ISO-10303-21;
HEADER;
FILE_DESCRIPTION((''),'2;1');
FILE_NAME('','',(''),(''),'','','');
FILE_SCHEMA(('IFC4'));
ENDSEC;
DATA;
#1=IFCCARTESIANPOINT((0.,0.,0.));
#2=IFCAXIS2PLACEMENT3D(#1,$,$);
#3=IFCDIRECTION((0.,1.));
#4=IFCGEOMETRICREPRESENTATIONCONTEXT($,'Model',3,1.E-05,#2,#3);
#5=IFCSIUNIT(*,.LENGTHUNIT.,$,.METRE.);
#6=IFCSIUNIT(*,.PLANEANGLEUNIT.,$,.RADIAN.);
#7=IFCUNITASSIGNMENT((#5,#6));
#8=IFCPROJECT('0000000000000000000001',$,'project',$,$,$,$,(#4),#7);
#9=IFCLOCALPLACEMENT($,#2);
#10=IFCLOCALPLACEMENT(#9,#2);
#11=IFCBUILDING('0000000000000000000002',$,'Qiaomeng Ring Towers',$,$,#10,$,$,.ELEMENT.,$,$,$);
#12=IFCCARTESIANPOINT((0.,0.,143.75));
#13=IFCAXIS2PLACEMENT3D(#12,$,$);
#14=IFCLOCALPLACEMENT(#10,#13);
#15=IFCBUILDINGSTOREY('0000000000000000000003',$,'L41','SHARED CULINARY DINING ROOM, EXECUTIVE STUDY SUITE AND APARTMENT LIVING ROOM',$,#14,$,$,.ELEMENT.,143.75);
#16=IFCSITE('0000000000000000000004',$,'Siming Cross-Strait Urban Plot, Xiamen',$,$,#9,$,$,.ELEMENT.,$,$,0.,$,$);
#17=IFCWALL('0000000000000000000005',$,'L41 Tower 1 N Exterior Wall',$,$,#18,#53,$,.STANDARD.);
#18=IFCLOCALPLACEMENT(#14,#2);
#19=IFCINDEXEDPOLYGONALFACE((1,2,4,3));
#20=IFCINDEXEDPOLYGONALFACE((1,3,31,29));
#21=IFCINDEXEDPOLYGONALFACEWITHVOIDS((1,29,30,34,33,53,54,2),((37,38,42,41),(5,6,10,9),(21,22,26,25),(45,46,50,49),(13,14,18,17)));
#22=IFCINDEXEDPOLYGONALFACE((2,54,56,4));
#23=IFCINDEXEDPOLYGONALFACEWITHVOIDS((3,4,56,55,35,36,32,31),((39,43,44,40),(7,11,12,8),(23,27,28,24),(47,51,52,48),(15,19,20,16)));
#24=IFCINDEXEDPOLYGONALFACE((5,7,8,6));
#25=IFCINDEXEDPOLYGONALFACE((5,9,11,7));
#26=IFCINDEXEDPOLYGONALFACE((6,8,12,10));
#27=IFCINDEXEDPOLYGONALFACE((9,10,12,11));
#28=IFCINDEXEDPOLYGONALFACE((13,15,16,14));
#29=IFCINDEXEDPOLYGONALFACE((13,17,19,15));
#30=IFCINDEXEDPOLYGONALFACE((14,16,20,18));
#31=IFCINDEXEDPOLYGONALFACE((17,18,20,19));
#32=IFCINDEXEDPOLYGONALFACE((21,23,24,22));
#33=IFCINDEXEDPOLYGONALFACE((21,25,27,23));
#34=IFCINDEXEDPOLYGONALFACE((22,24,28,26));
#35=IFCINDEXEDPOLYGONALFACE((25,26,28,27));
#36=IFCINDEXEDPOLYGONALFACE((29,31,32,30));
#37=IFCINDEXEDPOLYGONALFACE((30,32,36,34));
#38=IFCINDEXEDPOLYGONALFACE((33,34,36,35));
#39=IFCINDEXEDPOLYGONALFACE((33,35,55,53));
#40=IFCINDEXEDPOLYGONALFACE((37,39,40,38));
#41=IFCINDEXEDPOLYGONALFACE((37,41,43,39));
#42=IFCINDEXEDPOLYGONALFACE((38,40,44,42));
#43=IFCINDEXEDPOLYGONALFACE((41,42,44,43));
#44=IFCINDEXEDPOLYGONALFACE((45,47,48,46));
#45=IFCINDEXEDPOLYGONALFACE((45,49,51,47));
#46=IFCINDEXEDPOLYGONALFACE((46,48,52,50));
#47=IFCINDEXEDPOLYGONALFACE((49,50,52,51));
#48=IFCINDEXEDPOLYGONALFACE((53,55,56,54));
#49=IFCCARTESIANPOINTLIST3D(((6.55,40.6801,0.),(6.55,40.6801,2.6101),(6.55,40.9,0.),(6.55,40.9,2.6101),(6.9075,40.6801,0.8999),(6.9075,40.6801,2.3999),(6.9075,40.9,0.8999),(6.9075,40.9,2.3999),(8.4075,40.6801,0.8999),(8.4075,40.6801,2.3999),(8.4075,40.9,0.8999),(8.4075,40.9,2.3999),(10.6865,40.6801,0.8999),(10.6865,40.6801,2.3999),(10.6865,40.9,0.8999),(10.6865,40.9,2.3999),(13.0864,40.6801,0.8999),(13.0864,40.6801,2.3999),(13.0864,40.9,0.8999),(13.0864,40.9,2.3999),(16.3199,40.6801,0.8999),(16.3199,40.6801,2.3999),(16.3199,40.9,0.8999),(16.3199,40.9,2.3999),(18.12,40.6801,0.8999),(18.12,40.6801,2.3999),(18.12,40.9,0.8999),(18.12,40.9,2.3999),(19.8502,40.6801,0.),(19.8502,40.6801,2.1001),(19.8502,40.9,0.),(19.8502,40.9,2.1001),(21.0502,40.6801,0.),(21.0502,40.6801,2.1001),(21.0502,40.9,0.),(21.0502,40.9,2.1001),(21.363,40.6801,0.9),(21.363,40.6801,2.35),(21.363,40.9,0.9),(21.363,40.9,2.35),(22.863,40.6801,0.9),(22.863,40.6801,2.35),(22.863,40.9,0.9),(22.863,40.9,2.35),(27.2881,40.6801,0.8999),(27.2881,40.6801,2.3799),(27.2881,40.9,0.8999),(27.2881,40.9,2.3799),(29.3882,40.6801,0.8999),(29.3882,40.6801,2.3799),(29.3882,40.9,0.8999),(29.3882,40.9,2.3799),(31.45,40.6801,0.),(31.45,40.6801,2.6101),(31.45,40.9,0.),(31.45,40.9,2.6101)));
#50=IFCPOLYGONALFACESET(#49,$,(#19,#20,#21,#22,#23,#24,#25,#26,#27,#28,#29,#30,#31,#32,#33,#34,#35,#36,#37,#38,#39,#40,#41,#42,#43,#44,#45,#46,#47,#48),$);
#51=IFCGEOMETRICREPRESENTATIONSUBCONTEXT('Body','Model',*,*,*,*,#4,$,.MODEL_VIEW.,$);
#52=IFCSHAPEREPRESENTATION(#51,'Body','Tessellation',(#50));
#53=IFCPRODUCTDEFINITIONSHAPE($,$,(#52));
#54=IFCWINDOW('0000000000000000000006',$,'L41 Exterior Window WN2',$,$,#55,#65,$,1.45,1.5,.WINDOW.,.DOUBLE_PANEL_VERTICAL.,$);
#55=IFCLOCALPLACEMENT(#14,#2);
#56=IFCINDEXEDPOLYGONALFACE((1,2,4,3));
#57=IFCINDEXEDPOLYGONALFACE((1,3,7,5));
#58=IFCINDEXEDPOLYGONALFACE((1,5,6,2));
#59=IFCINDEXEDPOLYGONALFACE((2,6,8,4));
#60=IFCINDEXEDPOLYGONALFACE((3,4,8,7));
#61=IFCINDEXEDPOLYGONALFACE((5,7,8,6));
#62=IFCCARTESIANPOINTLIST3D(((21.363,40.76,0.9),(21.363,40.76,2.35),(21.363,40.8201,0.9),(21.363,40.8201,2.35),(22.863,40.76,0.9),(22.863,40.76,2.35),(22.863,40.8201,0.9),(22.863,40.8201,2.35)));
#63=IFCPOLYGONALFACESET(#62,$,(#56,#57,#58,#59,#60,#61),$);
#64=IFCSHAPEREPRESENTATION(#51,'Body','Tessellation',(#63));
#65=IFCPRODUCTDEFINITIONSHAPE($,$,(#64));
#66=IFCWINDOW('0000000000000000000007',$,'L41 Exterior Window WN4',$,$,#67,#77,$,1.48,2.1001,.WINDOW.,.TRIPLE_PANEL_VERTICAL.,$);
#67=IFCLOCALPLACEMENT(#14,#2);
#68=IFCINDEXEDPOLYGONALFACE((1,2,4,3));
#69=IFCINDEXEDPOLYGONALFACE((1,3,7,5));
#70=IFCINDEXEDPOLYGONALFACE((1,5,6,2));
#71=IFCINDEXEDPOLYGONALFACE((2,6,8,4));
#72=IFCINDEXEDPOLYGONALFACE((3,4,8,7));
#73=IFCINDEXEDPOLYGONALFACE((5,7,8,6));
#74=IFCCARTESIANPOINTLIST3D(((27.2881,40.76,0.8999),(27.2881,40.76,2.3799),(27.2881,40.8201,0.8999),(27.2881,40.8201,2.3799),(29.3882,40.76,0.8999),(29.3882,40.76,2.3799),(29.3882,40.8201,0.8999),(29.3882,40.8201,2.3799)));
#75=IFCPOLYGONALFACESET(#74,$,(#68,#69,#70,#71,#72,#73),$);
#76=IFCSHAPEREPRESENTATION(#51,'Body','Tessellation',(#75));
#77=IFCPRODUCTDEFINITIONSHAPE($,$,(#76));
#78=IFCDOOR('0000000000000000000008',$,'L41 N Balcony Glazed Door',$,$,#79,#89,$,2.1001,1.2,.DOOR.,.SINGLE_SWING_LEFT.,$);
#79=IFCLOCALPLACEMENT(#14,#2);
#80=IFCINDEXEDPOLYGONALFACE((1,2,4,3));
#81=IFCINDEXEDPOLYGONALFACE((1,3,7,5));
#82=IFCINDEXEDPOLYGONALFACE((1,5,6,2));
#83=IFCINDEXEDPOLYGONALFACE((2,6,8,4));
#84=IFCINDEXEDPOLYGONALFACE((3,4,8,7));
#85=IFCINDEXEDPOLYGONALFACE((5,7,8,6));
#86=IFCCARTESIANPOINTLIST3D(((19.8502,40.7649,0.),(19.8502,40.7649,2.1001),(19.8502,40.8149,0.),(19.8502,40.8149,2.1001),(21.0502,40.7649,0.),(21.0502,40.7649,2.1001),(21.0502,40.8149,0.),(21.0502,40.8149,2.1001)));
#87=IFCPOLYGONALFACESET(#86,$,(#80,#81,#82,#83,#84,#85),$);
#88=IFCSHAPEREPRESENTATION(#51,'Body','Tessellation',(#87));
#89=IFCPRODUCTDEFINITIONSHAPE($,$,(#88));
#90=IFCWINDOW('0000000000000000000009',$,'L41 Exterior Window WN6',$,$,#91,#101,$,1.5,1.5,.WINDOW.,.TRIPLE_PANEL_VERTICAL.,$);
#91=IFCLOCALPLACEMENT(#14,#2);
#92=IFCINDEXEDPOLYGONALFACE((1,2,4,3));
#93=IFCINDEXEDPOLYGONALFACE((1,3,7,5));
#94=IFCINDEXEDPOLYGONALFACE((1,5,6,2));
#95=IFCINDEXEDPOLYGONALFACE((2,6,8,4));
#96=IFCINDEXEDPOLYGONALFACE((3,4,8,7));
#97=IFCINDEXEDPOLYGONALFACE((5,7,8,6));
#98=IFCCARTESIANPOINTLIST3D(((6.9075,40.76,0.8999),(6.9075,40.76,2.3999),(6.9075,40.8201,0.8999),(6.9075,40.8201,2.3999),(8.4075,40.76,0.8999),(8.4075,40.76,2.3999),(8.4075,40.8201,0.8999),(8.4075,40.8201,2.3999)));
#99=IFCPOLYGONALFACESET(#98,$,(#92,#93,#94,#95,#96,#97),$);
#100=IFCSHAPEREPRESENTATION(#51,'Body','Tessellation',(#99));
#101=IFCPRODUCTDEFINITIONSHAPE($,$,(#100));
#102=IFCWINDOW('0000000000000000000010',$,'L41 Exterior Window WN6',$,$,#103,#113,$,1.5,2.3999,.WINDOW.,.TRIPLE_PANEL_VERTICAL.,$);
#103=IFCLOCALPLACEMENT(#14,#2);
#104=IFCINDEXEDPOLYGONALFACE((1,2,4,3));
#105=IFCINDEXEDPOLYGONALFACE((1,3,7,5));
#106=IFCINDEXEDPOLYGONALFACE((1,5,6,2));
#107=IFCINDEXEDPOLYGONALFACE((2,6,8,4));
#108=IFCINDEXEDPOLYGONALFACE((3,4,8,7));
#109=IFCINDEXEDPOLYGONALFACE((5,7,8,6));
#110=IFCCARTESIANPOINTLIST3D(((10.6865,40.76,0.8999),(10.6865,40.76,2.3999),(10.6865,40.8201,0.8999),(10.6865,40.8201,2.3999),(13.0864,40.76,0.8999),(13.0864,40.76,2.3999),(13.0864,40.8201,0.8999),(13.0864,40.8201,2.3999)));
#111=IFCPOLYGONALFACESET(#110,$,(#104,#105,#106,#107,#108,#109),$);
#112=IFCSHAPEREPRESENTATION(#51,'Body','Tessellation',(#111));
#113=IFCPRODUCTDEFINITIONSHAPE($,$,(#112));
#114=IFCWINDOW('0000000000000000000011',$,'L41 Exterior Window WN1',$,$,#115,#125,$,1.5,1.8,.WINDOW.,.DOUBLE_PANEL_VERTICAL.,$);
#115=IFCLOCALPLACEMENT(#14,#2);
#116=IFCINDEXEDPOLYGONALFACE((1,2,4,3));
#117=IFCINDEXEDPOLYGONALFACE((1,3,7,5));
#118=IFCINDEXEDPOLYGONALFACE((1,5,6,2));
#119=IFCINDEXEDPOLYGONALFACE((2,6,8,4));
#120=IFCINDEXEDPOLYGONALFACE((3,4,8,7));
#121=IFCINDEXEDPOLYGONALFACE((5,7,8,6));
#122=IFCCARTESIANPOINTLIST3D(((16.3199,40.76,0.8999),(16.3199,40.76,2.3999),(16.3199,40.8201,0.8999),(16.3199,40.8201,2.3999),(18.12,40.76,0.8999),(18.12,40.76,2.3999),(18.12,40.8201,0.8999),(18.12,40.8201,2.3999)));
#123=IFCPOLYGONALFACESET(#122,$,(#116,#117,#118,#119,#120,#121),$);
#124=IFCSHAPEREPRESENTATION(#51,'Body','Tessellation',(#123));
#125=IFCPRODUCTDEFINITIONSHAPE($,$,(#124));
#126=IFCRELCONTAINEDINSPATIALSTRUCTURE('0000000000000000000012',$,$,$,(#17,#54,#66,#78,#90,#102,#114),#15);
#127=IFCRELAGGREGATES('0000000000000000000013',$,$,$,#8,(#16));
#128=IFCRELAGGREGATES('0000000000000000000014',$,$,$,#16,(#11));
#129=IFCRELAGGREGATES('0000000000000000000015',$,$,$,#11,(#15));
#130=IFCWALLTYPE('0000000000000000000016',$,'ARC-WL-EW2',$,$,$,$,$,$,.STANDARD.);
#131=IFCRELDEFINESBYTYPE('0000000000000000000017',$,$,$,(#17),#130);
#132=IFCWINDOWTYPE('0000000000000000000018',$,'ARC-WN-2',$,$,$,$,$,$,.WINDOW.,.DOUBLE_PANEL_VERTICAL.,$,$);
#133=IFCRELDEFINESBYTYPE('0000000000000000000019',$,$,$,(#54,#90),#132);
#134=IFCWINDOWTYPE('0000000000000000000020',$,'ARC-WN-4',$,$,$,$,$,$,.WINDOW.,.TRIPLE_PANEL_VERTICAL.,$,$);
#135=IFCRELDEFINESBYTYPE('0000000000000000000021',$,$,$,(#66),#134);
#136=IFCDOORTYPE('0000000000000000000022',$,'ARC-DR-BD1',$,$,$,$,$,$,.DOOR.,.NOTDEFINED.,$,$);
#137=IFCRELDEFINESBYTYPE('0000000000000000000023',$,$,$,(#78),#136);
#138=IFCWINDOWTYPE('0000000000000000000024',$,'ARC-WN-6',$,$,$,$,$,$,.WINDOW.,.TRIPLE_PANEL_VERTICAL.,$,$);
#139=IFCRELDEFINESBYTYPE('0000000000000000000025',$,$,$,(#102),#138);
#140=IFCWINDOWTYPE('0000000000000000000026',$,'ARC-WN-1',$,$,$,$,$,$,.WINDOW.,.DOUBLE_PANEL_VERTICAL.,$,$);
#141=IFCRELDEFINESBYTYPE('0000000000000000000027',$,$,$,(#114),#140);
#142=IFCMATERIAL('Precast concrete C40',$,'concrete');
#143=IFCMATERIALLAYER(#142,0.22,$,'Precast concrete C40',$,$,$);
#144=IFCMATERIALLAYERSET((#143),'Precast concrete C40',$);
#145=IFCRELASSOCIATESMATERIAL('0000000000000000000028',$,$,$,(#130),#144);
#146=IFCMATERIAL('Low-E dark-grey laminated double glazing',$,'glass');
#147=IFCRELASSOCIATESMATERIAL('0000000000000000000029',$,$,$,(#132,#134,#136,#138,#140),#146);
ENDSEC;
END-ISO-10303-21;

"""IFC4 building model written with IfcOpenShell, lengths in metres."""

from ifc_helpers import new_model, si_unit, direction, frame, frame_2d, origin, place, context, subcontext, project, spatial, rectangle, extrude, source, transform, mapped, material, layer, layer_set, type_object, element, fill, save


model = new_model("IFC4")

# Units and contexts
model_context = context("Model", 3, precision=1e-05, world=origin(), true_north=direction((0.0, 1.0)))
body_context = subcontext(model_context, "Body", "Model", "MODEL_VIEW")
ifc_project = project(units=[si_unit("LENGTHUNIT", "METRE"), si_unit("PLANEANGLEUNIT", "RADIAN")], contexts=[model_context])

# Site, building, storey
site_placement = place(None, origin())
site = spatial("IfcSite", under=ifc_project, at=site_placement, Name="Siming Cross-Strait Urban Plot, Xiamen", CompositionType="ELEMENT", RefElevation=0.0)
building_placement = place(site_placement, origin())
building = spatial("IfcBuilding", under=site, at=building_placement, Name="Qiaomeng Ring Towers", CompositionType="ELEMENT")
storey_placement = place(building_placement, frame((0.0, 0.0, 143.75)))
storey = spatial("IfcBuildingStorey", under=building, at=storey_placement, Name="L41", Description="SHARED CULINARY DINING ROOM, EXECUTIVE STUDY SUITE AND APARTMENT LIVING ROOM", CompositionType="ELEMENT", Elevation=143.75)

# Wall, openings, windows, door
ifc_material_1 = material(Name="Precast concrete C40", Category="concrete")
ifc_layer_1 = layer(ifc_material_1, 0.22, Name="Precast concrete C40")
ifc_layer_set_1 = layer_set([ifc_layer_1], Name="Precast concrete C40")
wall_type_1 = type_object("IfcWallType", Name="ARC-WL-EW2", PredefinedType="STANDARD", material=ifc_layer_set_1)
wall_1_placement = place(storey_placement, frame((6.55, 40.79, 0.0), z_axis=(0.0, 0.0, 1.0), x_axis=(1.0, 0.0, 0.0)))
wall_1 = element("IfcWall", 1, at=wall_1_placement, inside=storey, type_object=wall_type_1, Name="L41 Tower 1 N Exterior Wall", PredefinedType="STANDARD", context=body_context, shape_type="SweptSolid", body=[
    extrude(rectangle(XDim=24.8999, YDim=0.22, at=frame_2d((12.45, 0.0))), origin(), (0.0, 0.0, 1.0), 2.6101),
])
opening_1_placement = place(wall_1_placement, frame((13.3, 0.0, 0.0)))
opening_1 = element("IfcOpeningElement", 2, at=opening_1_placement, cuts=wall_1, PredefinedType="OPENING", context=body_context, shape_type="SweptSolid", body=[
    extrude(rectangle(XDim=1.2, YDim=2.1001, at=frame_2d((0.6001, 1.05))), frame((0.0, 0.1199, 0.0), z_axis=(0.0, -1.0, 0.0), x_axis=(1.0, 0.0, 0.0)), (0.0, 0.0, 1.0), 0.24),
])
opening_2_placement = place(wall_1_placement, frame((0.3574, 0.0, 0.8999)))
opening_2 = element("IfcOpeningElement", 3, at=opening_2_placement, cuts=wall_1, PredefinedType="OPENING", context=body_context, shape_type="SweptSolid", body=[
    extrude(rectangle(XDim=1.5, YDim=1.5, at=frame_2d((0.75, 0.75))), frame((0.0, 0.1199, 0.0), z_axis=(0.0, -1.0, 0.0), x_axis=(1.0, 0.0, 0.0)), (0.0, 0.0, 1.0), 0.24),
])
opening_3_placement = place(wall_1_placement, frame((9.77, 0.0, 0.8999)))
opening_3 = element("IfcOpeningElement", 4, at=opening_3_placement, cuts=wall_1, PredefinedType="OPENING", context=body_context, shape_type="SweptSolid", body=[
    extrude(rectangle(XDim=1.8, YDim=1.5, at=frame_2d((0.8999, 0.75))), frame((0.0, 0.1199, 0.0), z_axis=(0.0, -1.0, 0.0), x_axis=(1.0, 0.0, 0.0)), (0.0, 0.0, 1.0), 0.24),
])
opening_4_placement = place(wall_1_placement, frame((14.813, 0.0, 0.8999)))
opening_4 = element("IfcOpeningElement", 5, at=opening_4_placement, cuts=wall_1, PredefinedType="OPENING", context=body_context, shape_type="SweptSolid", body=[
    extrude(rectangle(XDim=1.5, YDim=1.45, at=frame_2d((0.75, 0.7251))), frame((0.0, 0.1199, 0.0), z_axis=(0.0, -1.0, 0.0), x_axis=(1.0, 0.0, 0.0)), (0.0, 0.0, 1.0), 0.24),
])
opening_5_placement = place(wall_1_placement, frame((20.738, 0.0, 0.8999)))
opening_5 = element("IfcOpeningElement", 6, at=opening_5_placement, cuts=wall_1, PredefinedType="OPENING", context=body_context, shape_type="SweptSolid", body=[
    extrude(rectangle(XDim=2.1001, YDim=1.48, at=frame_2d((1.05, 0.74))), frame((0.0, 0.1199, 0.0), z_axis=(0.0, -1.0, 0.0), x_axis=(1.0, 0.0, 0.0)), (0.0, 0.0, 1.0), 0.24),
])
opening_6_placement = place(wall_1_placement, frame((4.1365, 0.0, 0.8999)))
opening_6 = element("IfcOpeningElement", 7, at=opening_6_placement, cuts=wall_1, PredefinedType="OPENING", context=body_context, shape_type="SweptSolid", body=[
    extrude(rectangle(XDim=2.3999, YDim=1.5, at=frame_2d((1.2, 0.75))), frame((0.0, 0.1199, 0.0), z_axis=(0.0, -1.0, 0.0), x_axis=(1.0, 0.0, 0.0)), (0.0, 0.0, 1.0), 0.24),
])
ifc_material_2 = material(Name="Low-E dark-grey laminated double glazing", Category="glass")
window_type_1 = type_object("IfcWindowType", Name="ARC-WN-2", PartitioningType="DOUBLE_PANEL_VERTICAL", PredefinedType="WINDOW", material=ifc_material_2)
shared_shape_1 = source(origin(), body_context, "Body", "SweptSolid", [
    extrude(rectangle(XDim=1.5, YDim=1.45, at=frame_2d((0.75, 0.7251))), frame((0.0, 0.03, 0.0), z_axis=(0.0, -1.0, 0.0), x_axis=(1.0, 0.0, 0.0)), (0.0, 0.0, 1.0), 0.0601),
])
window_1_placement = place(opening_4_placement, origin())
window_1 = element("IfcWindow", 8, at=window_1_placement, inside=storey, type_object=window_type_1, Name="L41 Exterior Window WN2", OverallHeight=1.45, OverallWidth=1.5, PartitioningType="DOUBLE_PANEL_VERTICAL", PredefinedType="WINDOW", context=body_context, shape_type="MappedRepresentation", body=[
    mapped(shared_shape_1, transform((0.0, 0.0, 0.0), x_axis=(1.0, 0.0, 0.0), y_axis=(0.0, 1.0, 0.0), z_axis=(0.0, 0.0, 1.0), scale=1.0)),
])
fill(opening_4, window_1)
window_type_2 = type_object("IfcWindowType", Name="ARC-WN-4", PartitioningType="TRIPLE_PANEL_VERTICAL", PredefinedType="WINDOW", material=ifc_material_2)
shared_shape_2 = source(origin(), body_context, "Body", "SweptSolid", [
    extrude(rectangle(XDim=2.1001, YDim=1.48, at=frame_2d((1.05, 0.74))), frame((0.0, 0.03, 0.0), z_axis=(0.0, -1.0, 0.0), x_axis=(1.0, 0.0, 0.0)), (0.0, 0.0, 1.0), 0.0601),
])
window_2_placement = place(opening_5_placement, origin())
window_2 = element("IfcWindow", 9, at=window_2_placement, inside=storey, type_object=window_type_2, Name="L41 Exterior Window WN4", OverallHeight=1.48, OverallWidth=2.1001, PartitioningType="TRIPLE_PANEL_VERTICAL", PredefinedType="WINDOW", context=body_context, shape_type="MappedRepresentation", body=[
    mapped(shared_shape_2, transform((0.0, 0.0, 0.0), x_axis=(1.0, 0.0, 0.0), y_axis=(0.0, 1.0, 0.0), z_axis=(0.0, 0.0, 1.0), scale=1.0)),
])
fill(opening_5, window_2)
door_type_1 = type_object("IfcDoorType", Name="ARC-DR-BD1", OperationType="NOTDEFINED", PredefinedType="DOOR", material=ifc_material_2)
shared_shape_3 = source(origin(), body_context, "Body", "SweptSolid", [
    extrude(rectangle(XDim=1.2, YDim=2.1001, at=frame_2d((0.6001, 1.05))), frame((0.0, 0.0249, 0.0), z_axis=(0.0, -1.0, 0.0), x_axis=(1.0, 0.0, 0.0)), (0.0, 0.0, 1.0), 0.05),
])
door_1_placement = place(opening_1_placement, origin())
door_1 = element("IfcDoor", 10, at=door_1_placement, inside=storey, type_object=door_type_1, Name="L41 N Balcony Glazed Door", OperationType="SINGLE_SWING_LEFT", OverallHeight=2.1001, OverallWidth=1.2, PredefinedType="DOOR", context=body_context, shape_type="MappedRepresentation", body=[
    mapped(shared_shape_3, transform((0.0, 0.0, 0.0), x_axis=(1.0, 0.0, 0.0), y_axis=(0.0, 1.0, 0.0), z_axis=(0.0, 0.0, 1.0), scale=1.0)),
])
fill(opening_1, door_1)
shared_shape_4 = source(origin(), body_context, "Body", "SweptSolid", [
    extrude(rectangle(XDim=1.5, YDim=1.5, at=frame_2d((0.75, 0.75))), frame((0.0, 0.03, 0.0), z_axis=(0.0, -1.0, 0.0), x_axis=(1.0, 0.0, 0.0)), (0.0, 0.0, 1.0), 0.0601),
])
window_3_placement = place(opening_2_placement, origin())
window_3 = element("IfcWindow", 11, at=window_3_placement, inside=storey, type_object=window_type_1, Name="L41 Exterior Window WN6", OverallHeight=1.5, OverallWidth=1.5, PartitioningType="TRIPLE_PANEL_VERTICAL", PredefinedType="WINDOW", context=body_context, shape_type="MappedRepresentation", body=[
    mapped(shared_shape_4, transform((0.0, 0.0, 0.0), x_axis=(1.0, 0.0, 0.0), y_axis=(0.0, 1.0, 0.0), z_axis=(0.0, 0.0, 1.0), scale=1.0)),
])
fill(opening_2, window_3)
window_type_3 = type_object("IfcWindowType", Name="ARC-WN-6", PartitioningType="TRIPLE_PANEL_VERTICAL", PredefinedType="WINDOW", material=ifc_material_2)
shared_shape_5 = source(origin(), body_context, "Body", "SweptSolid", [
    extrude(rectangle(XDim=2.3999, YDim=1.5, at=frame_2d((1.2, 0.75))), frame((0.0, 0.03, 0.0), z_axis=(0.0, -1.0, 0.0), x_axis=(1.0, 0.0, 0.0)), (0.0, 0.0, 1.0), 0.0601),
])
window_4_placement = place(opening_6_placement, origin())
window_4 = element("IfcWindow", 12, at=window_4_placement, inside=storey, type_object=window_type_3, Name="L41 Exterior Window WN6", OverallHeight=1.5, OverallWidth=2.3999, PartitioningType="TRIPLE_PANEL_VERTICAL", PredefinedType="WINDOW", context=body_context, shape_type="MappedRepresentation", body=[
    mapped(shared_shape_5, transform((0.0, 0.0, 0.0), x_axis=(1.0, 0.0, 0.0), y_axis=(0.0, 1.0, 0.0), z_axis=(0.0, 0.0, 1.0), scale=1.0)),
])
fill(opening_6, window_4)
window_type_4 = type_object("IfcWindowType", Name="ARC-WN-1", PartitioningType="DOUBLE_PANEL_VERTICAL", PredefinedType="WINDOW", material=ifc_material_2)
shared_shape_6 = source(origin(), body_context, "Body", "SweptSolid", [
    extrude(rectangle(XDim=1.8, YDim=1.5, at=frame_2d((0.8999, 0.75))), frame((0.0, 0.03, 0.0), z_axis=(0.0, -1.0, 0.0), x_axis=(1.0, 0.0, 0.0)), (0.0, 0.0, 1.0), 0.0601),
])
window_5_placement = place(opening_3_placement, origin())
window_5 = element("IfcWindow", 13, at=window_5_placement, inside=storey, type_object=window_type_4, Name="L41 Exterior Window WN1", OverallHeight=1.5, OverallWidth=1.8, PartitioningType="DOUBLE_PANEL_VERTICAL", PredefinedType="WINDOW", context=body_context, shape_type="MappedRepresentation", body=[
    mapped(shared_shape_6, transform((0.0, 0.0, 0.0), x_axis=(1.0, 0.0, 0.0), y_axis=(0.0, 1.0, 0.0), z_axis=(0.0, 0.0, 1.0), scale=1.0)),
])
fill(opening_3, window_5)

save(model, "model.ifc")
